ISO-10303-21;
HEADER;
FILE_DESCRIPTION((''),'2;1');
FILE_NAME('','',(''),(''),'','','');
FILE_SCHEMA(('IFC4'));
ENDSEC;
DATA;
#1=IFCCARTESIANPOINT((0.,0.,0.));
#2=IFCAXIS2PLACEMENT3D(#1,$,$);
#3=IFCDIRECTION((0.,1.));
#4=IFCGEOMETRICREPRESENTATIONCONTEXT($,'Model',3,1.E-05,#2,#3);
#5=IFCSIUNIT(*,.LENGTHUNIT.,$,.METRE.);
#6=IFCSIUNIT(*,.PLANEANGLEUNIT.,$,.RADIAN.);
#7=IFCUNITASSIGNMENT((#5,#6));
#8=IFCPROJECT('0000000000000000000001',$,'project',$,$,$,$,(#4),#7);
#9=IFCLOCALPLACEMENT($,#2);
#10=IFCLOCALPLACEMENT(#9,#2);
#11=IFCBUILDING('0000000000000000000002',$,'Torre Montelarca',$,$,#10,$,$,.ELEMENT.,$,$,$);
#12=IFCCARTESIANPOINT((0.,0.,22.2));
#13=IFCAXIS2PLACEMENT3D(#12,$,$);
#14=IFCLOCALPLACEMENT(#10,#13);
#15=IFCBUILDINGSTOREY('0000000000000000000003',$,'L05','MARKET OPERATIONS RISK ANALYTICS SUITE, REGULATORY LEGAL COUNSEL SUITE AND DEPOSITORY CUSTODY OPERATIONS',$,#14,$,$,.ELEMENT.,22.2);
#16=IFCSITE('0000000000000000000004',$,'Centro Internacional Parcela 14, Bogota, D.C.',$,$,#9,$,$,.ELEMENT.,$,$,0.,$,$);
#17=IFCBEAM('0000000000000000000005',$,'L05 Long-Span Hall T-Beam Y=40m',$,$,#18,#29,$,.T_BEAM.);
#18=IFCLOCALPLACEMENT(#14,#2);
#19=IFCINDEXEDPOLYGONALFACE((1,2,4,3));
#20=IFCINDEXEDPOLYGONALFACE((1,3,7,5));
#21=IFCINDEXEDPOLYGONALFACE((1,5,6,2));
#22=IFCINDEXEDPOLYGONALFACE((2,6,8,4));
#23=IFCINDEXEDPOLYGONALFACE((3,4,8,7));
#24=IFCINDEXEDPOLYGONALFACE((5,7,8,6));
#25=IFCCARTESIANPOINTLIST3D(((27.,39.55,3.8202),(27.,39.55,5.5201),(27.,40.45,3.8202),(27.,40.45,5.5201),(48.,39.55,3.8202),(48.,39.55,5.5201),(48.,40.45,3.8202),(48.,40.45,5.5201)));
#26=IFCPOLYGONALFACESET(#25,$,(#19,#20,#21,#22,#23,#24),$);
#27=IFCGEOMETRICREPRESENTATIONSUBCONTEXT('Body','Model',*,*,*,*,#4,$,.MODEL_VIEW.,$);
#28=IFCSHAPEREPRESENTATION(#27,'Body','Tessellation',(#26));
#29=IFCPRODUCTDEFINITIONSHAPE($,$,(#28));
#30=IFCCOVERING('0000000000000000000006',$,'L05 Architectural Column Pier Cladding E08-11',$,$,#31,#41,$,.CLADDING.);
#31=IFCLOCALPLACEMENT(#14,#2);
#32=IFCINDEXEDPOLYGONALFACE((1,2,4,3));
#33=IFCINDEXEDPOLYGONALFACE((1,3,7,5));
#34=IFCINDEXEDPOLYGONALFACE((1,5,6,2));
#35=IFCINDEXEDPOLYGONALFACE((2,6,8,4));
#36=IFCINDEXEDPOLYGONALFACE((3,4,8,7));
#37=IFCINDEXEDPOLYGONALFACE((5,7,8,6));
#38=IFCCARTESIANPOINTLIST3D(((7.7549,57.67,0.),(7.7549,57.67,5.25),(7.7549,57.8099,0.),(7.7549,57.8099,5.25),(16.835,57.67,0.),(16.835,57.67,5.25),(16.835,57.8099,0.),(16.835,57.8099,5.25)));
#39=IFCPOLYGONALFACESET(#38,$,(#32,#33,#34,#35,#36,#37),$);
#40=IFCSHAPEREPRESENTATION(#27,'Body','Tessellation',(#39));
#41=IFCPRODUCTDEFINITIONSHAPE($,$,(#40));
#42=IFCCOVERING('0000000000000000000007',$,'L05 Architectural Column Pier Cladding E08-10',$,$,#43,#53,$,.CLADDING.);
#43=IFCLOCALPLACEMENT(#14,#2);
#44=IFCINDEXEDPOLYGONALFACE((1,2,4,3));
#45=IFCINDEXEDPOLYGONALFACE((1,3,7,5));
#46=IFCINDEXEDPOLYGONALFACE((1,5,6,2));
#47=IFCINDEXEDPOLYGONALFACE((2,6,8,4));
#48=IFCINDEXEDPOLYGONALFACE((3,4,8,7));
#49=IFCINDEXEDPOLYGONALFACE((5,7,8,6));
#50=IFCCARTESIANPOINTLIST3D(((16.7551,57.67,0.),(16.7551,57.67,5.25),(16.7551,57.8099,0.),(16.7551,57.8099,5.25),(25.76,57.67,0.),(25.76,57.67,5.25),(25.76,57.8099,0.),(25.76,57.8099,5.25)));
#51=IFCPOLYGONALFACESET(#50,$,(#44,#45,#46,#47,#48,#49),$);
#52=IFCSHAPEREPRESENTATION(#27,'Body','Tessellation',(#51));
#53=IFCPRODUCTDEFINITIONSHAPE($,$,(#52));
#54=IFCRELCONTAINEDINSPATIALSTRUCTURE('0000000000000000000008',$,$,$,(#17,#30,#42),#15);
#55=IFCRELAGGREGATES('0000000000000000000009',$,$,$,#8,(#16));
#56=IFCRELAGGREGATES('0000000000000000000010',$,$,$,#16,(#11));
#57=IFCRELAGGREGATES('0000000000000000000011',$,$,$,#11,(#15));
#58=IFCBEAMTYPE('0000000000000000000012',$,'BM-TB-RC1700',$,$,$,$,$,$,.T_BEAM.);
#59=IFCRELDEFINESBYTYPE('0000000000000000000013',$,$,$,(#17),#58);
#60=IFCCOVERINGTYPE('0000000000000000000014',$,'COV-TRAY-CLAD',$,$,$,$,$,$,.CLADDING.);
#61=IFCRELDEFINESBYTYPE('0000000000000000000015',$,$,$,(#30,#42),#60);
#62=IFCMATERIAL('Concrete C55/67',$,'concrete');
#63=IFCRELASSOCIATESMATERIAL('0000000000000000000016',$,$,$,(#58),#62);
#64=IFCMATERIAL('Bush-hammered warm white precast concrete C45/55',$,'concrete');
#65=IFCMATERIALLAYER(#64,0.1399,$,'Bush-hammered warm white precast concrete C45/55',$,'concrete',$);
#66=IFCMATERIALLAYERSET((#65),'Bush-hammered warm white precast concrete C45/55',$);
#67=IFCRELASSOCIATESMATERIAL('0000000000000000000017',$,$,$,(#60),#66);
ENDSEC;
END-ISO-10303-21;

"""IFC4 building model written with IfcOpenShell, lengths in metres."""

from ifc_helpers import new_model, si_unit, direction, frame, origin, origin_2d, place, context, subcontext, project, spatial, rectangle, extrude, source, transform, mapped, material, layer, layer_set, material_profile, profile_set, type_object, element, save


model = new_model("IFC4")

# Units and contexts
model_context = context("Model", 3, precision=1e-05, world=origin(), true_north=direction((0.0, 1.0)))
body_context = subcontext(model_context, "Body", "Model", "MODEL_VIEW")
ifc_project = project(units=[si_unit("LENGTHUNIT", "METRE"), si_unit("PLANEANGLEUNIT", "RADIAN")], contexts=[model_context])

# Site, building, storey
site_placement = place(None, origin())
site = spatial("IfcSite", under=ifc_project, at=site_placement, Name="Centro Internacional Parcela 14, Bogota, D.C.", CompositionType="ELEMENT", RefElevation=0.0)
building_placement = place(site_placement, origin())
building = spatial("IfcBuilding", under=site, at=building_placement, Name="Torre Montelarca", CompositionType="ELEMENT")
storey_placement = place(building_placement, frame((0.0, 0.0, 22.2)))
storey = spatial("IfcBuildingStorey", under=building, at=storey_placement, Name="L05", Description="MARKET OPERATIONS RISK ANALYTICS SUITE, REGULATORY LEGAL COUNSEL SUITE AND DEPOSITORY CUSTODY OPERATIONS", CompositionType="ELEMENT", Elevation=22.2)

# Beam
ifc_material_1 = material(Name="Concrete C55/67", Category="concrete")
ifc_material_profile_1 = material_profile(ifc_material_1, rectangle(XDim=0.8999, YDim=1.7, at=origin_2d()), Name="RCB900X1700", Category="concrete")
ifc_profile_set_1 = profile_set([ifc_material_profile_1], Name="Concrete C55/67")
beam_type_1 = type_object("IfcBeamType", Name="BM-TB-RC1700", PredefinedType="T_BEAM", material=ifc_profile_set_1)
shared_shape_1 = source(origin(), body_context, "Body", "SweptSolid", [
    extrude(rectangle(XDim=0.8999, YDim=1.7, at=origin_2d()), origin(), (0.0, 0.0, 1.0), 21.0),
])
beam_1_placement = place(storey_placement, frame((27.0, 40.0, 4.6702), z_axis=(1.0, 0.0, 0.0), x_axis=(0.0, 1.0, 0.0)))
element("IfcBeam", 1, at=beam_1_placement, inside=storey, type_object=beam_type_1, Name="L05 Long-Span Hall T-Beam Y=40m", PredefinedType="T_BEAM", context=body_context, shape_type="MappedRepresentation", body=[
    mapped(shared_shape_1, transform((0.0, 0.0, 0.0), scale=1.0)),
])

# Coverings
ifc_material_2 = material(Name="Bush-hammered warm white precast concrete C45/55", Category="concrete")
ifc_layer = layer(ifc_material_2, 0.1399, Name="Bush-hammered warm white precast concrete C45/55", Category="concrete")
ifc_layer_set = layer_set([ifc_layer], Name="Bush-hammered warm white precast concrete C45/55")
covering_type = type_object("IfcCoveringType", Name="COV-TRAY-CLAD", PredefinedType="CLADDING", material=ifc_layer_set)
shared_shape_2 = source(origin(), body_context, "Body", "SweptSolid", [
    extrude(rectangle(XDim=9.0801, YDim=0.1399, at=origin_2d()), origin(), (0.0, 0.0, 1.0), 5.25),
])
covering_1_placement = place(storey_placement, frame((12.2949, 57.74, 0.0), z_axis=(0.0, 0.0, 1.0), x_axis=(-1.0, 0.0, 0.0)))
element("IfcCovering", 2, at=covering_1_placement, inside=storey, type_object=covering_type, Name="L05 Architectural Column Pier Cladding E08-11", PredefinedType="CLADDING", context=body_context, shape_type="MappedRepresentation", body=[
    mapped(shared_shape_2, transform((0.0, 0.0, 0.0), scale=1.0)),
])
shared_shape_3 = source(origin(), body_context, "Body", "SweptSolid", [
    extrude(rectangle(XDim=9.0049, YDim=0.1399, at=origin_2d()), origin(), (0.0, 0.0, 1.0), 5.25),
])
covering_2_placement = place(storey_placement, frame((21.2576, 57.74, 0.0), z_axis=(0.0, 0.0, 1.0), x_axis=(-1.0, 0.0, 0.0)))
element("IfcCovering", 3, at=covering_2_placement, inside=storey, type_object=covering_type, Name="L05 Architectural Column Pier Cladding E08-10", PredefinedType="CLADDING", context=body_context, shape_type="MappedRepresentation", body=[
    mapped(shared_shape_3, transform((0.0, 0.0, 0.0), scale=1.0)),
])

save(model, "model.ifc")
